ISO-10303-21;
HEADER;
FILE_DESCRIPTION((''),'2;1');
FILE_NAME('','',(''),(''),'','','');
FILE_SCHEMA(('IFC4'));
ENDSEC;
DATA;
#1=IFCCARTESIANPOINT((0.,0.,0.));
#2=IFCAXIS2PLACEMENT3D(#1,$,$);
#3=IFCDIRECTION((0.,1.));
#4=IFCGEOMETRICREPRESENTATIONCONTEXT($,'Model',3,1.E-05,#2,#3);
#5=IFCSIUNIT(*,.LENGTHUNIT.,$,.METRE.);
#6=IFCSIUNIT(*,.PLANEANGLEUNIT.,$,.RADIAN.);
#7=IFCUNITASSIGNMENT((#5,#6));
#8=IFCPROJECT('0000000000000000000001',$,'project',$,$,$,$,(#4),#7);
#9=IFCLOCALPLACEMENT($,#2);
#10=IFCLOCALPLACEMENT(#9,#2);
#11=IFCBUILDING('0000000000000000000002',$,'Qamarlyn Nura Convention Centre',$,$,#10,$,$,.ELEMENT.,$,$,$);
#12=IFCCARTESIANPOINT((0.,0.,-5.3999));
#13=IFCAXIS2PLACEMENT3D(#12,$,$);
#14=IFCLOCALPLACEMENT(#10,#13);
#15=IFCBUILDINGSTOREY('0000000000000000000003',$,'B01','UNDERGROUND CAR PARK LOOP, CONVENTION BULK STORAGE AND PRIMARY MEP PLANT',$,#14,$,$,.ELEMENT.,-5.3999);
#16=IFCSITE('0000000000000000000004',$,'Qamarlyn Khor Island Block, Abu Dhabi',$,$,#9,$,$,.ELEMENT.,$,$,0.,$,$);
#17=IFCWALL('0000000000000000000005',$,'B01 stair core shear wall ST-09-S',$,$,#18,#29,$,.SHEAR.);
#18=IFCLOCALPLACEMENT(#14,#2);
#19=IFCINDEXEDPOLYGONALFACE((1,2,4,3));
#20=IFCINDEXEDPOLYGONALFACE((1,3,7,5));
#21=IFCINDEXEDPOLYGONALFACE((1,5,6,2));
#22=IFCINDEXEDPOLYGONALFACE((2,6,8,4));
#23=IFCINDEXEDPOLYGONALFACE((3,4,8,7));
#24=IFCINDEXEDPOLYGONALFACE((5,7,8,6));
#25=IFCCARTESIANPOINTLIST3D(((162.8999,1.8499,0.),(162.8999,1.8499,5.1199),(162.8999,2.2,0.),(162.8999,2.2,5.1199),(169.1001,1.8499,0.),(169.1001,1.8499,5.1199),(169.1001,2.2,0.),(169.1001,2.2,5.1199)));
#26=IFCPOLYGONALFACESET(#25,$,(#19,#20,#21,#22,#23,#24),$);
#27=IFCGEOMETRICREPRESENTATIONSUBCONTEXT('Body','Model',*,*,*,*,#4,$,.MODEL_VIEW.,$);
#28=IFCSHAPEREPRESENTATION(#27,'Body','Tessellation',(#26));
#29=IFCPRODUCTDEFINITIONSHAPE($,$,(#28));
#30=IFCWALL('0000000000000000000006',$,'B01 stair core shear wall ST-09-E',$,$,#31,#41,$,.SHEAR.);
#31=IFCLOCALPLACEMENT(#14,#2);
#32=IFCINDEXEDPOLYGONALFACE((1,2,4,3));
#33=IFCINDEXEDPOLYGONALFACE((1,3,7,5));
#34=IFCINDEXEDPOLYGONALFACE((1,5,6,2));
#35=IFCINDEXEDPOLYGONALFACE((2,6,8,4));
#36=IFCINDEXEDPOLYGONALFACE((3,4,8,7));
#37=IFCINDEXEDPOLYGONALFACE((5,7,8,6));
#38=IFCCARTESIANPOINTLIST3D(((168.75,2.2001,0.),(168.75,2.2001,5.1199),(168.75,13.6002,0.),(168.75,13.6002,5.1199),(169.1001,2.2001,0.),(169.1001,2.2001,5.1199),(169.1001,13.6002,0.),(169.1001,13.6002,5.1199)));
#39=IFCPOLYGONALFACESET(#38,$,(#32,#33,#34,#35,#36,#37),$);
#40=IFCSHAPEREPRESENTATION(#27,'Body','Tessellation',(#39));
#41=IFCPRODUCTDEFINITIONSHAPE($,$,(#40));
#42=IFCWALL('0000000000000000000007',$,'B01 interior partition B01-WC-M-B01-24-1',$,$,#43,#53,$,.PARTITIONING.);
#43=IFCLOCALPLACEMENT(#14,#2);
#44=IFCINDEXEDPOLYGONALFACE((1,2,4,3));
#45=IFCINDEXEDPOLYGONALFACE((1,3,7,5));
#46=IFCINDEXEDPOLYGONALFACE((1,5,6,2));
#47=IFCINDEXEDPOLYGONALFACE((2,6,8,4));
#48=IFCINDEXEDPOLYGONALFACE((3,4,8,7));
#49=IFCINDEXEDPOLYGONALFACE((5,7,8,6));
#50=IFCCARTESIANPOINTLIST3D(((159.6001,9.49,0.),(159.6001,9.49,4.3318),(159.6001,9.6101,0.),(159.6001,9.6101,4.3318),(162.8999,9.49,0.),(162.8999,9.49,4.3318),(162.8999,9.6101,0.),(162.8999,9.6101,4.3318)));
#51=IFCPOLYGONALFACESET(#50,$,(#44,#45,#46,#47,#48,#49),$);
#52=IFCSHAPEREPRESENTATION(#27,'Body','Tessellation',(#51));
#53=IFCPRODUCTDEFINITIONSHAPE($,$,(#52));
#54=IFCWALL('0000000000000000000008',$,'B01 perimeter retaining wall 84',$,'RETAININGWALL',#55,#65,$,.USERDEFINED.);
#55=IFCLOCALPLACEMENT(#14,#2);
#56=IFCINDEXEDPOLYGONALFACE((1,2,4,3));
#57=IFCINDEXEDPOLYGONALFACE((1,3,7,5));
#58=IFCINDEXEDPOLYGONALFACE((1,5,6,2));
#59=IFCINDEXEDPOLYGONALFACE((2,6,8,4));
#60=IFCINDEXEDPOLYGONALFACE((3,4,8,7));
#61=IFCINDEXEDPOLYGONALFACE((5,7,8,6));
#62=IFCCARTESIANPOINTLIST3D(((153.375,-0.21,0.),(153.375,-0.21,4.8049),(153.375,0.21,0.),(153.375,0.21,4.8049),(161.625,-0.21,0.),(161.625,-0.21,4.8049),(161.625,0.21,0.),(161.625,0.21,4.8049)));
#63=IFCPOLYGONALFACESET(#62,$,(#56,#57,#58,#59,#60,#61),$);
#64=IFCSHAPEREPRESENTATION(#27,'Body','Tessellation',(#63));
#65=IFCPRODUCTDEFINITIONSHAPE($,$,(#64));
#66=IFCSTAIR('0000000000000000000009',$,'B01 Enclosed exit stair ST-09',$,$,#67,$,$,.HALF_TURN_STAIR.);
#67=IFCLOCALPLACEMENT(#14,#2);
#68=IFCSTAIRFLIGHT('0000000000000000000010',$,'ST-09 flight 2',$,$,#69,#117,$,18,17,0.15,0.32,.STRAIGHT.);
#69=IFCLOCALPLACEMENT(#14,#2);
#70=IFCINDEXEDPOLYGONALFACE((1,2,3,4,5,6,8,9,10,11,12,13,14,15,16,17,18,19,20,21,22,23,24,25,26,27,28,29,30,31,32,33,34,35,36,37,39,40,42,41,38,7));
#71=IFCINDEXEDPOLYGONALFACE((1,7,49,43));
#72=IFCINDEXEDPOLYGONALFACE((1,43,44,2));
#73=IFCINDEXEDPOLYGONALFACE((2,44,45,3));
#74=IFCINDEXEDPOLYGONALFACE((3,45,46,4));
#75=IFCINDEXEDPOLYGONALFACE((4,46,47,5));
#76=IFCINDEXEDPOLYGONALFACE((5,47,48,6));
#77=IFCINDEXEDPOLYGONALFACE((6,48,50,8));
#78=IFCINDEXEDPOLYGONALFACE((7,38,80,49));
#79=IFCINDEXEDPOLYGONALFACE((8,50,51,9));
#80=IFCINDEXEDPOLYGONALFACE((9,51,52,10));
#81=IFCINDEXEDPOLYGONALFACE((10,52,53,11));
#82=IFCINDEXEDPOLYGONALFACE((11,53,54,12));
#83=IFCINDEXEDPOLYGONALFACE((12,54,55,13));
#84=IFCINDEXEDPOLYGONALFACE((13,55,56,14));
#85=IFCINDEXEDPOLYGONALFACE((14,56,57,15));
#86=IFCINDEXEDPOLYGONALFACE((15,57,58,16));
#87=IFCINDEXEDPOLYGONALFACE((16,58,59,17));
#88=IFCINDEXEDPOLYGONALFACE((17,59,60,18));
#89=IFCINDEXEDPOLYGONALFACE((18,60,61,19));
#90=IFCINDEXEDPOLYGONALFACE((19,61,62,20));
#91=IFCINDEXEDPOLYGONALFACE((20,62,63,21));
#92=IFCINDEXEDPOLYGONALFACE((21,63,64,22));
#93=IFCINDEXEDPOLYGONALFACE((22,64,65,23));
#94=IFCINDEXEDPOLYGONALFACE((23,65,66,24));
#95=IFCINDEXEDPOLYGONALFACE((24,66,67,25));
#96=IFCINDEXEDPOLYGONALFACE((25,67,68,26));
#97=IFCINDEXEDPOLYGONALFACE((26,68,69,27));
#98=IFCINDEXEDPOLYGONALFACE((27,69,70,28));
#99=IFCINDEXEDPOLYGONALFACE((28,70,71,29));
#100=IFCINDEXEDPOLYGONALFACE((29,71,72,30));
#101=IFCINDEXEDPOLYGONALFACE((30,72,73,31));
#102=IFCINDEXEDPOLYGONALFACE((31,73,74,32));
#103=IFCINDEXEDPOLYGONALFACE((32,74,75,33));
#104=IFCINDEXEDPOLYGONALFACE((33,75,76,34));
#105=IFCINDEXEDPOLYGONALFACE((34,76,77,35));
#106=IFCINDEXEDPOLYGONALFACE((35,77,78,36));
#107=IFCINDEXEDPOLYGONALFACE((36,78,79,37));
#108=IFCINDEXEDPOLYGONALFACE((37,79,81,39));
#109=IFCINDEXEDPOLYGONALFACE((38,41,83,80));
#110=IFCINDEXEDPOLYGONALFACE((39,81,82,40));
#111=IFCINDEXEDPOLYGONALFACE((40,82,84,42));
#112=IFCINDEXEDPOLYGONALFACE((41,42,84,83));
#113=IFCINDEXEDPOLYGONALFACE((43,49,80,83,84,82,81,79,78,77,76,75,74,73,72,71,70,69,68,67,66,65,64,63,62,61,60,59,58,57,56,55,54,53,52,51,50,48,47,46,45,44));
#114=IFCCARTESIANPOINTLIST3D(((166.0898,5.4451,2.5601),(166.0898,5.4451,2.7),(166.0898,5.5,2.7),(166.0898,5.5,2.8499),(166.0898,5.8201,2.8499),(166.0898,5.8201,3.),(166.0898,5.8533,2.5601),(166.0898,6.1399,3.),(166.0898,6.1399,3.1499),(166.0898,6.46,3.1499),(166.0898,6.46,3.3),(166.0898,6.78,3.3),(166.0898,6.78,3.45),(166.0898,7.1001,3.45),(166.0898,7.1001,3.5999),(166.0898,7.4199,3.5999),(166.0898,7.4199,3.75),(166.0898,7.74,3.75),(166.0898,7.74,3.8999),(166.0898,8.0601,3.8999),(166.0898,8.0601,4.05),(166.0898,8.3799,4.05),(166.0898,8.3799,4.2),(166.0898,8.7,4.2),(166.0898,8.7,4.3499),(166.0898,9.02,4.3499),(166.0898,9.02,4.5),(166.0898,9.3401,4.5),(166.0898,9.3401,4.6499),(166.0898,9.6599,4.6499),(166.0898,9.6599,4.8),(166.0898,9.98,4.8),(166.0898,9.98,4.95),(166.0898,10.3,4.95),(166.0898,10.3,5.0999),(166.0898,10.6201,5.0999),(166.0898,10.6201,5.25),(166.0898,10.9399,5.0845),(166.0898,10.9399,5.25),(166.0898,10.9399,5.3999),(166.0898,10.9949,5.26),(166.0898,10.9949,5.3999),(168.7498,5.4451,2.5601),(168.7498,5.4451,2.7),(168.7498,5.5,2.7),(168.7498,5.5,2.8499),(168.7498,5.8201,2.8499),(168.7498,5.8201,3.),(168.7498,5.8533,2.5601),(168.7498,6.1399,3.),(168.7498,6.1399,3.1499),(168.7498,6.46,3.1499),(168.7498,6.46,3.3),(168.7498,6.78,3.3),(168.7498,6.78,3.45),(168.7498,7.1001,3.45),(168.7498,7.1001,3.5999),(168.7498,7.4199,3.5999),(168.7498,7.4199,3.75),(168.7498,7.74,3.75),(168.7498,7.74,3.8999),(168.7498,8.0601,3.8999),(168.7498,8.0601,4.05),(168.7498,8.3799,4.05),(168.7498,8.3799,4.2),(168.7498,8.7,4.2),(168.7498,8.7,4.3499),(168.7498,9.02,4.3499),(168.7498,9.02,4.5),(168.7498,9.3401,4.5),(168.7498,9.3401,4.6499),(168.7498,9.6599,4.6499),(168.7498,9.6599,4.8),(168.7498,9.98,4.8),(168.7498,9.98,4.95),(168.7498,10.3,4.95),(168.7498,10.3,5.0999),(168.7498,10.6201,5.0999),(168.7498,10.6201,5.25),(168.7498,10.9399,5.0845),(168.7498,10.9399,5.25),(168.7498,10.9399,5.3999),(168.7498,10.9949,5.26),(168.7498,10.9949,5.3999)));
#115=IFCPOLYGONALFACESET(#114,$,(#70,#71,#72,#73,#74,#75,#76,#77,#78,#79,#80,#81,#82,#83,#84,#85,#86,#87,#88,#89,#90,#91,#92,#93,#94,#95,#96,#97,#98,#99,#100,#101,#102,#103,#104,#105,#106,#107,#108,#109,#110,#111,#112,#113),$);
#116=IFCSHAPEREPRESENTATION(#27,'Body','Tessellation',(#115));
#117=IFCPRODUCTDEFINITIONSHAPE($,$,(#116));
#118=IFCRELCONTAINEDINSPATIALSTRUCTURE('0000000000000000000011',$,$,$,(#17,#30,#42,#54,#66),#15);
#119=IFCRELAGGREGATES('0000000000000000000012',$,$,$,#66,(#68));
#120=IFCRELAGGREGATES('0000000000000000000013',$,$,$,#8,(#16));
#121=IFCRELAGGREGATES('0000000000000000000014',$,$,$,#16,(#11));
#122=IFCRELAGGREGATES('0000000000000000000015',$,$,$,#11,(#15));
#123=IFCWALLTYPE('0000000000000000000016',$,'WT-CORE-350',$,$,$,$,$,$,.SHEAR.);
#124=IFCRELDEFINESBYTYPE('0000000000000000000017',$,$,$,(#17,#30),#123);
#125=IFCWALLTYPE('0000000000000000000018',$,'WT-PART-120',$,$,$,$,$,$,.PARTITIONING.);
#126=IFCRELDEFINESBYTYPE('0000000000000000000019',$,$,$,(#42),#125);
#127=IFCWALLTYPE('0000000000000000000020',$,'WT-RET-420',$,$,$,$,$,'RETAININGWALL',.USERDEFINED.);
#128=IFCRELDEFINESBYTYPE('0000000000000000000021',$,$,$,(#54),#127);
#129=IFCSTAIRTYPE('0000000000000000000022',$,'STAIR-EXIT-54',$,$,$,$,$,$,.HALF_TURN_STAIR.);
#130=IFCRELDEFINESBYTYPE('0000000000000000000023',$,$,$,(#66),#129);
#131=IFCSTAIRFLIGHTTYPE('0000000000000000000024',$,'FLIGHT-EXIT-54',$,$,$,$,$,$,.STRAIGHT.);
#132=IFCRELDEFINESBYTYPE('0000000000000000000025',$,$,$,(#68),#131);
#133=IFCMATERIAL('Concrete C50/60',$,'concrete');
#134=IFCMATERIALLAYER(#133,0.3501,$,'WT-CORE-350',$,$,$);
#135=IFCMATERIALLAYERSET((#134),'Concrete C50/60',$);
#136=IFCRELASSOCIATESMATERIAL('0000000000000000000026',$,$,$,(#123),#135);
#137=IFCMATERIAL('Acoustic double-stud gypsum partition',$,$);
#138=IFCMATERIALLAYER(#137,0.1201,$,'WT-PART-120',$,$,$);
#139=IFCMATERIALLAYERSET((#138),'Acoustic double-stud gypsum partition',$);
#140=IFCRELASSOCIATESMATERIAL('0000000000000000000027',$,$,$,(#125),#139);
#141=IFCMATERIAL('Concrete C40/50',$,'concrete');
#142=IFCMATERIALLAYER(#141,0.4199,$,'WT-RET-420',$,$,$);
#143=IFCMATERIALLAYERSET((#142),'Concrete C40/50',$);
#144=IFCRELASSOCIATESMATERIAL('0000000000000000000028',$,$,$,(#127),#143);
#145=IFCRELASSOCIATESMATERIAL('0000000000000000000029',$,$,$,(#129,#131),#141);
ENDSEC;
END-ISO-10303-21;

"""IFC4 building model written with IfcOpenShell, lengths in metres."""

from ifc_helpers import new_model, si_unit, direction, frame, frame_2d, origin, place, context, subcontext, project, spatial, polyline, rectangle, outline, extrude, material, layer, layer_set, type_object, element, aggregate, save


model = new_model("IFC4")

# Units and contexts
model_context = context("Model", 3, precision=1e-05, world=origin(), true_north=direction((0.0, 1.0)))
body_context = subcontext(model_context, "Body", "Model", "MODEL_VIEW")
ifc_project = project(units=[si_unit("LENGTHUNIT", "METRE"), si_unit("PLANEANGLEUNIT", "RADIAN")], contexts=[model_context])

# Site, building, storey
site_placement = place(None, origin())
site = spatial("IfcSite", under=ifc_project, at=site_placement, Name="Qamarlyn Khor Island Block, Abu Dhabi", CompositionType="ELEMENT", RefElevation=0.0)
building_placement = place(site_placement, origin())
building = spatial("IfcBuilding", under=site, at=building_placement, Name="Qamarlyn Nura Convention Centre", CompositionType="ELEMENT")
storey_placement = place(building_placement, frame((0.0, 0.0, -5.3999)))
storey = spatial("IfcBuildingStorey", under=building, at=storey_placement, Name="B01", Description="UNDERGROUND CAR PARK LOOP, CONVENTION BULK STORAGE AND PRIMARY MEP PLANT", CompositionType="ELEMENT", Elevation=-5.3999)

# Shared definitions
ifc_material_1 = material(Name="Concrete C40/50", Category="concrete")

# Shared definitions
ifc_material_2 = material(Name="Concrete C50/60", Category="concrete")

# Walls
ifc_layer_1 = layer(ifc_material_2, 0.3501, Name="WT-CORE-350")
ifc_layer_set_1 = layer_set([ifc_layer_1], Name="Concrete C50/60")
wall_type_1 = type_object("IfcWallType", Name="WT-CORE-350", PredefinedType="SHEAR", material=ifc_layer_set_1)
wall_1_placement = place(storey_placement, frame((162.8999, 2.0249, 0.0), z_axis=(0.0, 0.0, 1.0), x_axis=(1.0, 0.0, 0.0)))
element("IfcWall", 1, at=wall_1_placement, inside=storey, type_object=wall_type_1, Name="B01 stair core shear wall ST-09-S", PredefinedType="SHEAR", context=body_context, shape_type="SweptSolid", body=[
    extrude(rectangle(XDim=6.2002, YDim=0.3501, at=frame_2d((3.1001, 0.0))), origin(), (0.0, 0.0, 1.0), 5.1199),
])
wall_2_placement = place(storey_placement, frame((168.925, 2.2, 0.0), z_axis=(0.0, 0.0, 1.0), x_axis=(0.0, 1.0, 0.0)))
element("IfcWall", 2, at=wall_2_placement, inside=storey, type_object=wall_type_1, Name="B01 stair core shear wall ST-09-E", PredefinedType="SHEAR", context=body_context, shape_type="SweptSolid", body=[
    extrude(rectangle(XDim=11.4001, YDim=0.3501, at=frame_2d((5.7002, 0.0))), origin(), (0.0, 0.0, 1.0), 5.1199),
])
ifc_material_3 = material(Name="Acoustic double-stud gypsum partition")
ifc_layer_2 = layer(ifc_material_3, 0.1201, Name="WT-PART-120")
ifc_layer_set_2 = layer_set([ifc_layer_2], Name="Acoustic double-stud gypsum partition")
wall_type_2 = type_object("IfcWallType", Name="WT-PART-120", PredefinedType="PARTITIONING", material=ifc_layer_set_2)
wall_3_placement = place(storey_placement, frame((162.8999, 9.55, 0.0), z_axis=(0.0, 0.0, 1.0), x_axis=(-1.0, 0.0, 0.0)))
element("IfcWall", 3, at=wall_3_placement, inside=storey, type_object=wall_type_2, Name="B01 interior partition B01-WC-M-B01-24-1", PredefinedType="PARTITIONING", context=body_context, shape_type="SweptSolid", body=[
    extrude(rectangle(XDim=3.2998, YDim=0.1201, at=frame_2d((1.6499, 0.0))), origin(), (0.0, 0.0, 1.0), 4.3318),
])
ifc_layer_3 = layer(ifc_material_1, 0.4199, Name="WT-RET-420")
ifc_layer_set_3 = layer_set([ifc_layer_3], Name="Concrete C40/50")
wall_type_3 = type_object("IfcWallType", Name="WT-RET-420", ElementType="RETAININGWALL", PredefinedType="USERDEFINED", material=ifc_layer_set_3)
wall_4_placement = place(storey_placement, frame((161.625, 0.0, 0.0), z_axis=(0.0, 0.0, 1.0), x_axis=(-1.0, 0.0, 0.0)))
element("IfcWall", 4, at=wall_4_placement, inside=storey, type_object=wall_type_3, Name="B01 perimeter retaining wall 84", ObjectType="RETAININGWALL", PredefinedType="USERDEFINED", context=body_context, shape_type="SweptSolid", body=[
    extrude(rectangle(XDim=8.25, YDim=0.4199, at=frame_2d((4.125, 0.0))), origin(), (0.0, 0.0, 1.0), 4.8049),
])

# Stair, stair flight
stair_type = type_object("IfcStairType", Name="STAIR-EXIT-54", PredefinedType="HALF_TURN_STAIR", material=ifc_material_1)
stair_placement = place(storey_placement, origin())
stair = element("IfcStair", 5, at=stair_placement, inside=storey, type_object=stair_type, Name="B01 Enclosed exit stair ST-09", PredefinedType="HALF_TURN_STAIR")
stair_flight_type = type_object("IfcStairFlightType", Name="FLIGHT-EXIT-54", PredefinedType="STRAIGHT", material=ifc_material_1)
stair_flight_placement = place(storey_placement, frame((167.4199, 5.5, 2.7), z_axis=(0.0, 0.0, 1.0), x_axis=(0.0, 1.0, 0.0)))
stair_flight = element("IfcStairFlight", 6, at=stair_flight_placement, type_object=stair_flight_type, Name="ST-09 flight 2", NumberOfRisers=18, NumberOfTreads=17, PredefinedType="STRAIGHT", RiserHeight=0.15, TreadLength=0.32, context=body_context, shape_type="SweptSolid", body=[
    extrude(outline(polyline([(-0.0549, 0.0), (0.0, 0.0), (0.0, 0.1499), (0.3201, 0.1499), (0.3201, 0.3), (0.6399, 0.3), (0.6399, 0.45), (0.96, 0.45), (0.96, 0.6001), (1.28, 0.6001), (1.28, 0.75), (1.6001, 0.75), (1.6001, 0.8999), (1.9199, 0.8999), (1.9199, 1.05), (2.24, 1.05), (2.24, 1.2), (2.5601, 1.2), (2.5601, 1.3501), (2.8799, 1.3501), (2.8799, 1.5), (3.2, 1.5), (3.2, 1.6499), (3.52, 1.6499), (3.52, 1.8), (3.8401, 1.8), (3.8401, 1.95), (4.1599, 1.95), (4.1599, 2.1001), (4.48, 2.1001), (4.48, 2.25), (4.8, 2.25), (4.8, 2.3999), (5.1201, 2.3999), (5.1201, 2.55), (5.4399, 2.55), (5.4399, 2.7), (5.4949, 2.7), (5.4949, 2.5601), (5.4399, 2.3845), (0.3533, -0.1399), (-0.0549, -0.1399), (-0.0549, 0.0)])), frame((0.0, 1.3301, 0.0), z_axis=(0.0, -1.0, 0.0), x_axis=(1.0, 0.0, 0.0)), (0.0, 0.0, 1.0), 2.6599),
])
aggregate(stair, [stair_flight])

save(model, "model.ifc")
